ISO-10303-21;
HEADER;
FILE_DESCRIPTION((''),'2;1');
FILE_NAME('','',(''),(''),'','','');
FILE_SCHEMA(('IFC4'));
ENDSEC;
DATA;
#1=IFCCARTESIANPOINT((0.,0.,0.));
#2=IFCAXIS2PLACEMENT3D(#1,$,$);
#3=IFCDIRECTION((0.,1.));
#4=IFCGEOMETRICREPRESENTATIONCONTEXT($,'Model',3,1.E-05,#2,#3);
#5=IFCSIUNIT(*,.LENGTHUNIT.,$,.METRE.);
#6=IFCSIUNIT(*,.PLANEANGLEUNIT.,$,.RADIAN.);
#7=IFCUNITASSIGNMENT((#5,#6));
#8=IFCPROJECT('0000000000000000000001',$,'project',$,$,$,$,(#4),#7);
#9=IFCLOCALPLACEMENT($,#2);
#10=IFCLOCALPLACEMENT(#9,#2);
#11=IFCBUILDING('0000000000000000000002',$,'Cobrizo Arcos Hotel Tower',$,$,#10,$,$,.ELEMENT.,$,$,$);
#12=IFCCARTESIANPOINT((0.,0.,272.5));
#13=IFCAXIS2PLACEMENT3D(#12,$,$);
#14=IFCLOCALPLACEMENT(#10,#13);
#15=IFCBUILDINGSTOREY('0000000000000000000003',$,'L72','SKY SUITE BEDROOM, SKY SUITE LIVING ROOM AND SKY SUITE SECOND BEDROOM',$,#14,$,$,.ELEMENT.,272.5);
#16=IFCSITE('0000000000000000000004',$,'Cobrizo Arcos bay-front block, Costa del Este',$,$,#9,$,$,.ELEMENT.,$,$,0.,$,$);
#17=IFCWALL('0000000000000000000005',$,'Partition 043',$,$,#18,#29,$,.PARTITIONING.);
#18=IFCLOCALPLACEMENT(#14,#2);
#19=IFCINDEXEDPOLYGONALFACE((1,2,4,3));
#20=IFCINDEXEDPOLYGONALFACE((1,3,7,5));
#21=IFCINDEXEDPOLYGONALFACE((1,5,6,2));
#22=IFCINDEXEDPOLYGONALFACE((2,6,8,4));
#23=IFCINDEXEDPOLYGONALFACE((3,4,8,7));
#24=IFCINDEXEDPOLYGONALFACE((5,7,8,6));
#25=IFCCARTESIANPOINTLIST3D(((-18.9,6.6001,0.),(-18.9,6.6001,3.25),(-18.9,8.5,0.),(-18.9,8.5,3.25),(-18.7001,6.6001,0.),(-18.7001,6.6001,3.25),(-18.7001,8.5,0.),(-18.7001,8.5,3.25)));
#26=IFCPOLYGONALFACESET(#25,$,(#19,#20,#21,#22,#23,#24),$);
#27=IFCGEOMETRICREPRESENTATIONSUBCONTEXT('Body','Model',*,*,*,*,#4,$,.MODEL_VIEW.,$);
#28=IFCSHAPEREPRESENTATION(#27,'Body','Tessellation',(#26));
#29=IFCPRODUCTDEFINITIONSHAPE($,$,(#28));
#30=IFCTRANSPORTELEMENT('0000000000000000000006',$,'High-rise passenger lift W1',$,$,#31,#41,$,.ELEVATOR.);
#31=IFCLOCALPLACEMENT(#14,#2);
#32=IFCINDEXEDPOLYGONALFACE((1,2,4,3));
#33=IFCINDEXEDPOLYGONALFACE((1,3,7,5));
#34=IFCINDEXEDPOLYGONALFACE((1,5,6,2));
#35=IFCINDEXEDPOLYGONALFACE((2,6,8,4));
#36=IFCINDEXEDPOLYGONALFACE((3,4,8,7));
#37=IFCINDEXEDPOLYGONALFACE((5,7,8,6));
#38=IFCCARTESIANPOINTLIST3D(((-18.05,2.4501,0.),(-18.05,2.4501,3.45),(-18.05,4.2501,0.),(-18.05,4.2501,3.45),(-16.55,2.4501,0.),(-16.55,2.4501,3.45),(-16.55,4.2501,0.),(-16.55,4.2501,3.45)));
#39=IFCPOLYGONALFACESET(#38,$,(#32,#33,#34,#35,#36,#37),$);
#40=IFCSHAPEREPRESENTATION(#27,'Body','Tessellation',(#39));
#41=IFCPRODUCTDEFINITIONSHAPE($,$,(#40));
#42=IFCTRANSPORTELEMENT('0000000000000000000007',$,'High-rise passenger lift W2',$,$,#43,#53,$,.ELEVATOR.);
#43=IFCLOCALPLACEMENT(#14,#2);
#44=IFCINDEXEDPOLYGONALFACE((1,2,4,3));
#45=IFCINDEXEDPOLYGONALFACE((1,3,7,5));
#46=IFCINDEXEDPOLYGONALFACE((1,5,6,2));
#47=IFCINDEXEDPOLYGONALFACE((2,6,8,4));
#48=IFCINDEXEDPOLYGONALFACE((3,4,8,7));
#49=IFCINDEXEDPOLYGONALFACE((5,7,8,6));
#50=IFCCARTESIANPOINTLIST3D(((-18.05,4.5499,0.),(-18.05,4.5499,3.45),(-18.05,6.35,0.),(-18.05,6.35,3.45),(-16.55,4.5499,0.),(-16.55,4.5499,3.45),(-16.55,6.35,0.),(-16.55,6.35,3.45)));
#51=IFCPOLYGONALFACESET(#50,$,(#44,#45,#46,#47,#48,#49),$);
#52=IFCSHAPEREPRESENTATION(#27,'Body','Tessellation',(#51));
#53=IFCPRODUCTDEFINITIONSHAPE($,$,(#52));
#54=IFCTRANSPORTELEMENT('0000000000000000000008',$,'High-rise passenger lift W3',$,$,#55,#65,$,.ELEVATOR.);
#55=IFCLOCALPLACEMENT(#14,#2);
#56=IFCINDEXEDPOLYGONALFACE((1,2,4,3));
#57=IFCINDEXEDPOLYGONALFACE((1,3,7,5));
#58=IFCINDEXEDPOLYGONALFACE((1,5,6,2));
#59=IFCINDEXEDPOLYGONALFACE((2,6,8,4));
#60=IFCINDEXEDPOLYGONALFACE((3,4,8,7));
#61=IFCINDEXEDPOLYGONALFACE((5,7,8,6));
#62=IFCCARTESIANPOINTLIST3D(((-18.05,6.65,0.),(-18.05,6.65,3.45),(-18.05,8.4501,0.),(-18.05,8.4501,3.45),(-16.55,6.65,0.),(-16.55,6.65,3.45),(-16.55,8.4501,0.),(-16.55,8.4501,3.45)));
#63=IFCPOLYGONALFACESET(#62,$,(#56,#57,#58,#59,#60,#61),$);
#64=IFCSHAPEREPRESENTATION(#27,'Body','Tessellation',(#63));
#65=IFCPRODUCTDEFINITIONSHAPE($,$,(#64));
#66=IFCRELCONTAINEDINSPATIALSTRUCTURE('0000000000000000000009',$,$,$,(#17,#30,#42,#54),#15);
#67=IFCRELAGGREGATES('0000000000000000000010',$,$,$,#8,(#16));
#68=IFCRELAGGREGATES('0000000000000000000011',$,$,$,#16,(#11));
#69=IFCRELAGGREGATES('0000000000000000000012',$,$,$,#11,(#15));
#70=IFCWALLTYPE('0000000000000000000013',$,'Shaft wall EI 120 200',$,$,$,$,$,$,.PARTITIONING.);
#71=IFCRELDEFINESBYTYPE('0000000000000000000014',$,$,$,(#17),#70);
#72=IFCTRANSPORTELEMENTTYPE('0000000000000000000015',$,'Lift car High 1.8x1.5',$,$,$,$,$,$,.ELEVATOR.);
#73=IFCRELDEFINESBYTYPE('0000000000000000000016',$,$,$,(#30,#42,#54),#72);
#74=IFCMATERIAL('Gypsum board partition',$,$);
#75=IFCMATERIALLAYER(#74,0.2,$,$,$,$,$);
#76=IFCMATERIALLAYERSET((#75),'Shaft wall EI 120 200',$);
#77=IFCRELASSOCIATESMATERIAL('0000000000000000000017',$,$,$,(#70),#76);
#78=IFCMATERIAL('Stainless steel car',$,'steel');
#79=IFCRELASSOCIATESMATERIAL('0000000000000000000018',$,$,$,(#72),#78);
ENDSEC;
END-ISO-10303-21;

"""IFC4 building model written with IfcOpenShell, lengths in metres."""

from ifc_helpers import new_model, si_unit, direction, frame, frame_2d, origin, origin_2d, place, context, subcontext, project, spatial, rectangle, extrude, material, layer, layer_set, type_object, element, save


model = new_model("IFC4")

# Units and contexts
model_context = context("Model", 3, precision=1e-05, world=origin(), true_north=direction((0.0, 1.0)))
body_context = subcontext(model_context, "Body", "Model", "MODEL_VIEW")
ifc_project = project(units=[si_unit("LENGTHUNIT", "METRE"), si_unit("PLANEANGLEUNIT", "RADIAN")], contexts=[model_context])

# Site, building, storey
site_placement = place(None, origin())
site = spatial("IfcSite", under=ifc_project, at=site_placement, Name="Cobrizo Arcos bay-front block, Costa del Este", CompositionType="ELEMENT", RefElevation=0.0)
building_placement = place(site_placement, origin())
building = spatial("IfcBuilding", under=site, at=building_placement, Name="Cobrizo Arcos Hotel Tower", CompositionType="ELEMENT")
storey_placement = place(building_placement, frame((0.0, 0.0, 272.5)))
storey = spatial("IfcBuildingStorey", under=building, at=storey_placement, Name="L72", Description="SKY SUITE BEDROOM, SKY SUITE LIVING ROOM AND SKY SUITE SECOND BEDROOM", CompositionType="ELEMENT", Elevation=272.5)

# Shared definitions
ifc_material_1 = material(Name="Gypsum board partition")

# Shared definitions
ifc_layer_1 = layer(ifc_material_1, 0.2)
ifc_layer_set_1 = layer_set([ifc_layer_1], Name="Shaft wall EI 120 200")
wall_type_1 = type_object("IfcWallType", Name="Shaft wall EI 120 200", PredefinedType="PARTITIONING", material=ifc_layer_set_1)

# Wall
wall_1_placement = place(storey_placement, frame((-18.8, 6.6001, 0.0), z_axis=(0.0, 0.0, 1.0), x_axis=(0.0, 1.0, 0.0)))
element("IfcWall", 1, at=wall_1_placement, inside=storey, type_object=wall_type_1, Name="Partition 043", PredefinedType="PARTITIONING", context=body_context, shape_type="SweptSolid", body=[
    extrude(rectangle(XDim=1.8999, YDim=0.2, at=frame_2d((0.95, 0.0))), origin(), (0.0, 0.0, 1.0), 3.25),
])

# Transport elements
ifc_material_2 = material(Name="Stainless steel car", Category="steel")
transport_element_type = type_object("IfcTransportElementType", Name="Lift car High 1.8x1.5", PredefinedType="ELEVATOR", material=ifc_material_2)
for number, where, z_axis, x_axis, name in (
    (2, (-17.3, 3.3501, 0.0), (0.0, 0.0, 1.0), (1.0, 0.0, 0.0), "High-rise passenger lift W1"),
    (3, (-17.3, 5.45, 0.0), (0.0, 0.0, 1.0), (1.0, 0.0, 0.0), "High-rise passenger lift W2"),
    (4, (-17.3, 7.55, 0.0), (0.0, 0.0, 1.0), (1.0, 0.0, 0.0), "High-rise passenger lift W3"),
):
    element("IfcTransportElement", number, at=place(storey_placement, frame(where, z_axis=z_axis, x_axis=x_axis)), inside=storey, type_object=transport_element_type, Name=name, PredefinedType="ELEVATOR", context=body_context, shape_type="SweptSolid", body=[
        extrude(rectangle(XDim=1.5, YDim=1.8, at=origin_2d()), origin(), (0.0, 0.0, 1.0), 3.45),
    ])

save(model, "model.ifc")
